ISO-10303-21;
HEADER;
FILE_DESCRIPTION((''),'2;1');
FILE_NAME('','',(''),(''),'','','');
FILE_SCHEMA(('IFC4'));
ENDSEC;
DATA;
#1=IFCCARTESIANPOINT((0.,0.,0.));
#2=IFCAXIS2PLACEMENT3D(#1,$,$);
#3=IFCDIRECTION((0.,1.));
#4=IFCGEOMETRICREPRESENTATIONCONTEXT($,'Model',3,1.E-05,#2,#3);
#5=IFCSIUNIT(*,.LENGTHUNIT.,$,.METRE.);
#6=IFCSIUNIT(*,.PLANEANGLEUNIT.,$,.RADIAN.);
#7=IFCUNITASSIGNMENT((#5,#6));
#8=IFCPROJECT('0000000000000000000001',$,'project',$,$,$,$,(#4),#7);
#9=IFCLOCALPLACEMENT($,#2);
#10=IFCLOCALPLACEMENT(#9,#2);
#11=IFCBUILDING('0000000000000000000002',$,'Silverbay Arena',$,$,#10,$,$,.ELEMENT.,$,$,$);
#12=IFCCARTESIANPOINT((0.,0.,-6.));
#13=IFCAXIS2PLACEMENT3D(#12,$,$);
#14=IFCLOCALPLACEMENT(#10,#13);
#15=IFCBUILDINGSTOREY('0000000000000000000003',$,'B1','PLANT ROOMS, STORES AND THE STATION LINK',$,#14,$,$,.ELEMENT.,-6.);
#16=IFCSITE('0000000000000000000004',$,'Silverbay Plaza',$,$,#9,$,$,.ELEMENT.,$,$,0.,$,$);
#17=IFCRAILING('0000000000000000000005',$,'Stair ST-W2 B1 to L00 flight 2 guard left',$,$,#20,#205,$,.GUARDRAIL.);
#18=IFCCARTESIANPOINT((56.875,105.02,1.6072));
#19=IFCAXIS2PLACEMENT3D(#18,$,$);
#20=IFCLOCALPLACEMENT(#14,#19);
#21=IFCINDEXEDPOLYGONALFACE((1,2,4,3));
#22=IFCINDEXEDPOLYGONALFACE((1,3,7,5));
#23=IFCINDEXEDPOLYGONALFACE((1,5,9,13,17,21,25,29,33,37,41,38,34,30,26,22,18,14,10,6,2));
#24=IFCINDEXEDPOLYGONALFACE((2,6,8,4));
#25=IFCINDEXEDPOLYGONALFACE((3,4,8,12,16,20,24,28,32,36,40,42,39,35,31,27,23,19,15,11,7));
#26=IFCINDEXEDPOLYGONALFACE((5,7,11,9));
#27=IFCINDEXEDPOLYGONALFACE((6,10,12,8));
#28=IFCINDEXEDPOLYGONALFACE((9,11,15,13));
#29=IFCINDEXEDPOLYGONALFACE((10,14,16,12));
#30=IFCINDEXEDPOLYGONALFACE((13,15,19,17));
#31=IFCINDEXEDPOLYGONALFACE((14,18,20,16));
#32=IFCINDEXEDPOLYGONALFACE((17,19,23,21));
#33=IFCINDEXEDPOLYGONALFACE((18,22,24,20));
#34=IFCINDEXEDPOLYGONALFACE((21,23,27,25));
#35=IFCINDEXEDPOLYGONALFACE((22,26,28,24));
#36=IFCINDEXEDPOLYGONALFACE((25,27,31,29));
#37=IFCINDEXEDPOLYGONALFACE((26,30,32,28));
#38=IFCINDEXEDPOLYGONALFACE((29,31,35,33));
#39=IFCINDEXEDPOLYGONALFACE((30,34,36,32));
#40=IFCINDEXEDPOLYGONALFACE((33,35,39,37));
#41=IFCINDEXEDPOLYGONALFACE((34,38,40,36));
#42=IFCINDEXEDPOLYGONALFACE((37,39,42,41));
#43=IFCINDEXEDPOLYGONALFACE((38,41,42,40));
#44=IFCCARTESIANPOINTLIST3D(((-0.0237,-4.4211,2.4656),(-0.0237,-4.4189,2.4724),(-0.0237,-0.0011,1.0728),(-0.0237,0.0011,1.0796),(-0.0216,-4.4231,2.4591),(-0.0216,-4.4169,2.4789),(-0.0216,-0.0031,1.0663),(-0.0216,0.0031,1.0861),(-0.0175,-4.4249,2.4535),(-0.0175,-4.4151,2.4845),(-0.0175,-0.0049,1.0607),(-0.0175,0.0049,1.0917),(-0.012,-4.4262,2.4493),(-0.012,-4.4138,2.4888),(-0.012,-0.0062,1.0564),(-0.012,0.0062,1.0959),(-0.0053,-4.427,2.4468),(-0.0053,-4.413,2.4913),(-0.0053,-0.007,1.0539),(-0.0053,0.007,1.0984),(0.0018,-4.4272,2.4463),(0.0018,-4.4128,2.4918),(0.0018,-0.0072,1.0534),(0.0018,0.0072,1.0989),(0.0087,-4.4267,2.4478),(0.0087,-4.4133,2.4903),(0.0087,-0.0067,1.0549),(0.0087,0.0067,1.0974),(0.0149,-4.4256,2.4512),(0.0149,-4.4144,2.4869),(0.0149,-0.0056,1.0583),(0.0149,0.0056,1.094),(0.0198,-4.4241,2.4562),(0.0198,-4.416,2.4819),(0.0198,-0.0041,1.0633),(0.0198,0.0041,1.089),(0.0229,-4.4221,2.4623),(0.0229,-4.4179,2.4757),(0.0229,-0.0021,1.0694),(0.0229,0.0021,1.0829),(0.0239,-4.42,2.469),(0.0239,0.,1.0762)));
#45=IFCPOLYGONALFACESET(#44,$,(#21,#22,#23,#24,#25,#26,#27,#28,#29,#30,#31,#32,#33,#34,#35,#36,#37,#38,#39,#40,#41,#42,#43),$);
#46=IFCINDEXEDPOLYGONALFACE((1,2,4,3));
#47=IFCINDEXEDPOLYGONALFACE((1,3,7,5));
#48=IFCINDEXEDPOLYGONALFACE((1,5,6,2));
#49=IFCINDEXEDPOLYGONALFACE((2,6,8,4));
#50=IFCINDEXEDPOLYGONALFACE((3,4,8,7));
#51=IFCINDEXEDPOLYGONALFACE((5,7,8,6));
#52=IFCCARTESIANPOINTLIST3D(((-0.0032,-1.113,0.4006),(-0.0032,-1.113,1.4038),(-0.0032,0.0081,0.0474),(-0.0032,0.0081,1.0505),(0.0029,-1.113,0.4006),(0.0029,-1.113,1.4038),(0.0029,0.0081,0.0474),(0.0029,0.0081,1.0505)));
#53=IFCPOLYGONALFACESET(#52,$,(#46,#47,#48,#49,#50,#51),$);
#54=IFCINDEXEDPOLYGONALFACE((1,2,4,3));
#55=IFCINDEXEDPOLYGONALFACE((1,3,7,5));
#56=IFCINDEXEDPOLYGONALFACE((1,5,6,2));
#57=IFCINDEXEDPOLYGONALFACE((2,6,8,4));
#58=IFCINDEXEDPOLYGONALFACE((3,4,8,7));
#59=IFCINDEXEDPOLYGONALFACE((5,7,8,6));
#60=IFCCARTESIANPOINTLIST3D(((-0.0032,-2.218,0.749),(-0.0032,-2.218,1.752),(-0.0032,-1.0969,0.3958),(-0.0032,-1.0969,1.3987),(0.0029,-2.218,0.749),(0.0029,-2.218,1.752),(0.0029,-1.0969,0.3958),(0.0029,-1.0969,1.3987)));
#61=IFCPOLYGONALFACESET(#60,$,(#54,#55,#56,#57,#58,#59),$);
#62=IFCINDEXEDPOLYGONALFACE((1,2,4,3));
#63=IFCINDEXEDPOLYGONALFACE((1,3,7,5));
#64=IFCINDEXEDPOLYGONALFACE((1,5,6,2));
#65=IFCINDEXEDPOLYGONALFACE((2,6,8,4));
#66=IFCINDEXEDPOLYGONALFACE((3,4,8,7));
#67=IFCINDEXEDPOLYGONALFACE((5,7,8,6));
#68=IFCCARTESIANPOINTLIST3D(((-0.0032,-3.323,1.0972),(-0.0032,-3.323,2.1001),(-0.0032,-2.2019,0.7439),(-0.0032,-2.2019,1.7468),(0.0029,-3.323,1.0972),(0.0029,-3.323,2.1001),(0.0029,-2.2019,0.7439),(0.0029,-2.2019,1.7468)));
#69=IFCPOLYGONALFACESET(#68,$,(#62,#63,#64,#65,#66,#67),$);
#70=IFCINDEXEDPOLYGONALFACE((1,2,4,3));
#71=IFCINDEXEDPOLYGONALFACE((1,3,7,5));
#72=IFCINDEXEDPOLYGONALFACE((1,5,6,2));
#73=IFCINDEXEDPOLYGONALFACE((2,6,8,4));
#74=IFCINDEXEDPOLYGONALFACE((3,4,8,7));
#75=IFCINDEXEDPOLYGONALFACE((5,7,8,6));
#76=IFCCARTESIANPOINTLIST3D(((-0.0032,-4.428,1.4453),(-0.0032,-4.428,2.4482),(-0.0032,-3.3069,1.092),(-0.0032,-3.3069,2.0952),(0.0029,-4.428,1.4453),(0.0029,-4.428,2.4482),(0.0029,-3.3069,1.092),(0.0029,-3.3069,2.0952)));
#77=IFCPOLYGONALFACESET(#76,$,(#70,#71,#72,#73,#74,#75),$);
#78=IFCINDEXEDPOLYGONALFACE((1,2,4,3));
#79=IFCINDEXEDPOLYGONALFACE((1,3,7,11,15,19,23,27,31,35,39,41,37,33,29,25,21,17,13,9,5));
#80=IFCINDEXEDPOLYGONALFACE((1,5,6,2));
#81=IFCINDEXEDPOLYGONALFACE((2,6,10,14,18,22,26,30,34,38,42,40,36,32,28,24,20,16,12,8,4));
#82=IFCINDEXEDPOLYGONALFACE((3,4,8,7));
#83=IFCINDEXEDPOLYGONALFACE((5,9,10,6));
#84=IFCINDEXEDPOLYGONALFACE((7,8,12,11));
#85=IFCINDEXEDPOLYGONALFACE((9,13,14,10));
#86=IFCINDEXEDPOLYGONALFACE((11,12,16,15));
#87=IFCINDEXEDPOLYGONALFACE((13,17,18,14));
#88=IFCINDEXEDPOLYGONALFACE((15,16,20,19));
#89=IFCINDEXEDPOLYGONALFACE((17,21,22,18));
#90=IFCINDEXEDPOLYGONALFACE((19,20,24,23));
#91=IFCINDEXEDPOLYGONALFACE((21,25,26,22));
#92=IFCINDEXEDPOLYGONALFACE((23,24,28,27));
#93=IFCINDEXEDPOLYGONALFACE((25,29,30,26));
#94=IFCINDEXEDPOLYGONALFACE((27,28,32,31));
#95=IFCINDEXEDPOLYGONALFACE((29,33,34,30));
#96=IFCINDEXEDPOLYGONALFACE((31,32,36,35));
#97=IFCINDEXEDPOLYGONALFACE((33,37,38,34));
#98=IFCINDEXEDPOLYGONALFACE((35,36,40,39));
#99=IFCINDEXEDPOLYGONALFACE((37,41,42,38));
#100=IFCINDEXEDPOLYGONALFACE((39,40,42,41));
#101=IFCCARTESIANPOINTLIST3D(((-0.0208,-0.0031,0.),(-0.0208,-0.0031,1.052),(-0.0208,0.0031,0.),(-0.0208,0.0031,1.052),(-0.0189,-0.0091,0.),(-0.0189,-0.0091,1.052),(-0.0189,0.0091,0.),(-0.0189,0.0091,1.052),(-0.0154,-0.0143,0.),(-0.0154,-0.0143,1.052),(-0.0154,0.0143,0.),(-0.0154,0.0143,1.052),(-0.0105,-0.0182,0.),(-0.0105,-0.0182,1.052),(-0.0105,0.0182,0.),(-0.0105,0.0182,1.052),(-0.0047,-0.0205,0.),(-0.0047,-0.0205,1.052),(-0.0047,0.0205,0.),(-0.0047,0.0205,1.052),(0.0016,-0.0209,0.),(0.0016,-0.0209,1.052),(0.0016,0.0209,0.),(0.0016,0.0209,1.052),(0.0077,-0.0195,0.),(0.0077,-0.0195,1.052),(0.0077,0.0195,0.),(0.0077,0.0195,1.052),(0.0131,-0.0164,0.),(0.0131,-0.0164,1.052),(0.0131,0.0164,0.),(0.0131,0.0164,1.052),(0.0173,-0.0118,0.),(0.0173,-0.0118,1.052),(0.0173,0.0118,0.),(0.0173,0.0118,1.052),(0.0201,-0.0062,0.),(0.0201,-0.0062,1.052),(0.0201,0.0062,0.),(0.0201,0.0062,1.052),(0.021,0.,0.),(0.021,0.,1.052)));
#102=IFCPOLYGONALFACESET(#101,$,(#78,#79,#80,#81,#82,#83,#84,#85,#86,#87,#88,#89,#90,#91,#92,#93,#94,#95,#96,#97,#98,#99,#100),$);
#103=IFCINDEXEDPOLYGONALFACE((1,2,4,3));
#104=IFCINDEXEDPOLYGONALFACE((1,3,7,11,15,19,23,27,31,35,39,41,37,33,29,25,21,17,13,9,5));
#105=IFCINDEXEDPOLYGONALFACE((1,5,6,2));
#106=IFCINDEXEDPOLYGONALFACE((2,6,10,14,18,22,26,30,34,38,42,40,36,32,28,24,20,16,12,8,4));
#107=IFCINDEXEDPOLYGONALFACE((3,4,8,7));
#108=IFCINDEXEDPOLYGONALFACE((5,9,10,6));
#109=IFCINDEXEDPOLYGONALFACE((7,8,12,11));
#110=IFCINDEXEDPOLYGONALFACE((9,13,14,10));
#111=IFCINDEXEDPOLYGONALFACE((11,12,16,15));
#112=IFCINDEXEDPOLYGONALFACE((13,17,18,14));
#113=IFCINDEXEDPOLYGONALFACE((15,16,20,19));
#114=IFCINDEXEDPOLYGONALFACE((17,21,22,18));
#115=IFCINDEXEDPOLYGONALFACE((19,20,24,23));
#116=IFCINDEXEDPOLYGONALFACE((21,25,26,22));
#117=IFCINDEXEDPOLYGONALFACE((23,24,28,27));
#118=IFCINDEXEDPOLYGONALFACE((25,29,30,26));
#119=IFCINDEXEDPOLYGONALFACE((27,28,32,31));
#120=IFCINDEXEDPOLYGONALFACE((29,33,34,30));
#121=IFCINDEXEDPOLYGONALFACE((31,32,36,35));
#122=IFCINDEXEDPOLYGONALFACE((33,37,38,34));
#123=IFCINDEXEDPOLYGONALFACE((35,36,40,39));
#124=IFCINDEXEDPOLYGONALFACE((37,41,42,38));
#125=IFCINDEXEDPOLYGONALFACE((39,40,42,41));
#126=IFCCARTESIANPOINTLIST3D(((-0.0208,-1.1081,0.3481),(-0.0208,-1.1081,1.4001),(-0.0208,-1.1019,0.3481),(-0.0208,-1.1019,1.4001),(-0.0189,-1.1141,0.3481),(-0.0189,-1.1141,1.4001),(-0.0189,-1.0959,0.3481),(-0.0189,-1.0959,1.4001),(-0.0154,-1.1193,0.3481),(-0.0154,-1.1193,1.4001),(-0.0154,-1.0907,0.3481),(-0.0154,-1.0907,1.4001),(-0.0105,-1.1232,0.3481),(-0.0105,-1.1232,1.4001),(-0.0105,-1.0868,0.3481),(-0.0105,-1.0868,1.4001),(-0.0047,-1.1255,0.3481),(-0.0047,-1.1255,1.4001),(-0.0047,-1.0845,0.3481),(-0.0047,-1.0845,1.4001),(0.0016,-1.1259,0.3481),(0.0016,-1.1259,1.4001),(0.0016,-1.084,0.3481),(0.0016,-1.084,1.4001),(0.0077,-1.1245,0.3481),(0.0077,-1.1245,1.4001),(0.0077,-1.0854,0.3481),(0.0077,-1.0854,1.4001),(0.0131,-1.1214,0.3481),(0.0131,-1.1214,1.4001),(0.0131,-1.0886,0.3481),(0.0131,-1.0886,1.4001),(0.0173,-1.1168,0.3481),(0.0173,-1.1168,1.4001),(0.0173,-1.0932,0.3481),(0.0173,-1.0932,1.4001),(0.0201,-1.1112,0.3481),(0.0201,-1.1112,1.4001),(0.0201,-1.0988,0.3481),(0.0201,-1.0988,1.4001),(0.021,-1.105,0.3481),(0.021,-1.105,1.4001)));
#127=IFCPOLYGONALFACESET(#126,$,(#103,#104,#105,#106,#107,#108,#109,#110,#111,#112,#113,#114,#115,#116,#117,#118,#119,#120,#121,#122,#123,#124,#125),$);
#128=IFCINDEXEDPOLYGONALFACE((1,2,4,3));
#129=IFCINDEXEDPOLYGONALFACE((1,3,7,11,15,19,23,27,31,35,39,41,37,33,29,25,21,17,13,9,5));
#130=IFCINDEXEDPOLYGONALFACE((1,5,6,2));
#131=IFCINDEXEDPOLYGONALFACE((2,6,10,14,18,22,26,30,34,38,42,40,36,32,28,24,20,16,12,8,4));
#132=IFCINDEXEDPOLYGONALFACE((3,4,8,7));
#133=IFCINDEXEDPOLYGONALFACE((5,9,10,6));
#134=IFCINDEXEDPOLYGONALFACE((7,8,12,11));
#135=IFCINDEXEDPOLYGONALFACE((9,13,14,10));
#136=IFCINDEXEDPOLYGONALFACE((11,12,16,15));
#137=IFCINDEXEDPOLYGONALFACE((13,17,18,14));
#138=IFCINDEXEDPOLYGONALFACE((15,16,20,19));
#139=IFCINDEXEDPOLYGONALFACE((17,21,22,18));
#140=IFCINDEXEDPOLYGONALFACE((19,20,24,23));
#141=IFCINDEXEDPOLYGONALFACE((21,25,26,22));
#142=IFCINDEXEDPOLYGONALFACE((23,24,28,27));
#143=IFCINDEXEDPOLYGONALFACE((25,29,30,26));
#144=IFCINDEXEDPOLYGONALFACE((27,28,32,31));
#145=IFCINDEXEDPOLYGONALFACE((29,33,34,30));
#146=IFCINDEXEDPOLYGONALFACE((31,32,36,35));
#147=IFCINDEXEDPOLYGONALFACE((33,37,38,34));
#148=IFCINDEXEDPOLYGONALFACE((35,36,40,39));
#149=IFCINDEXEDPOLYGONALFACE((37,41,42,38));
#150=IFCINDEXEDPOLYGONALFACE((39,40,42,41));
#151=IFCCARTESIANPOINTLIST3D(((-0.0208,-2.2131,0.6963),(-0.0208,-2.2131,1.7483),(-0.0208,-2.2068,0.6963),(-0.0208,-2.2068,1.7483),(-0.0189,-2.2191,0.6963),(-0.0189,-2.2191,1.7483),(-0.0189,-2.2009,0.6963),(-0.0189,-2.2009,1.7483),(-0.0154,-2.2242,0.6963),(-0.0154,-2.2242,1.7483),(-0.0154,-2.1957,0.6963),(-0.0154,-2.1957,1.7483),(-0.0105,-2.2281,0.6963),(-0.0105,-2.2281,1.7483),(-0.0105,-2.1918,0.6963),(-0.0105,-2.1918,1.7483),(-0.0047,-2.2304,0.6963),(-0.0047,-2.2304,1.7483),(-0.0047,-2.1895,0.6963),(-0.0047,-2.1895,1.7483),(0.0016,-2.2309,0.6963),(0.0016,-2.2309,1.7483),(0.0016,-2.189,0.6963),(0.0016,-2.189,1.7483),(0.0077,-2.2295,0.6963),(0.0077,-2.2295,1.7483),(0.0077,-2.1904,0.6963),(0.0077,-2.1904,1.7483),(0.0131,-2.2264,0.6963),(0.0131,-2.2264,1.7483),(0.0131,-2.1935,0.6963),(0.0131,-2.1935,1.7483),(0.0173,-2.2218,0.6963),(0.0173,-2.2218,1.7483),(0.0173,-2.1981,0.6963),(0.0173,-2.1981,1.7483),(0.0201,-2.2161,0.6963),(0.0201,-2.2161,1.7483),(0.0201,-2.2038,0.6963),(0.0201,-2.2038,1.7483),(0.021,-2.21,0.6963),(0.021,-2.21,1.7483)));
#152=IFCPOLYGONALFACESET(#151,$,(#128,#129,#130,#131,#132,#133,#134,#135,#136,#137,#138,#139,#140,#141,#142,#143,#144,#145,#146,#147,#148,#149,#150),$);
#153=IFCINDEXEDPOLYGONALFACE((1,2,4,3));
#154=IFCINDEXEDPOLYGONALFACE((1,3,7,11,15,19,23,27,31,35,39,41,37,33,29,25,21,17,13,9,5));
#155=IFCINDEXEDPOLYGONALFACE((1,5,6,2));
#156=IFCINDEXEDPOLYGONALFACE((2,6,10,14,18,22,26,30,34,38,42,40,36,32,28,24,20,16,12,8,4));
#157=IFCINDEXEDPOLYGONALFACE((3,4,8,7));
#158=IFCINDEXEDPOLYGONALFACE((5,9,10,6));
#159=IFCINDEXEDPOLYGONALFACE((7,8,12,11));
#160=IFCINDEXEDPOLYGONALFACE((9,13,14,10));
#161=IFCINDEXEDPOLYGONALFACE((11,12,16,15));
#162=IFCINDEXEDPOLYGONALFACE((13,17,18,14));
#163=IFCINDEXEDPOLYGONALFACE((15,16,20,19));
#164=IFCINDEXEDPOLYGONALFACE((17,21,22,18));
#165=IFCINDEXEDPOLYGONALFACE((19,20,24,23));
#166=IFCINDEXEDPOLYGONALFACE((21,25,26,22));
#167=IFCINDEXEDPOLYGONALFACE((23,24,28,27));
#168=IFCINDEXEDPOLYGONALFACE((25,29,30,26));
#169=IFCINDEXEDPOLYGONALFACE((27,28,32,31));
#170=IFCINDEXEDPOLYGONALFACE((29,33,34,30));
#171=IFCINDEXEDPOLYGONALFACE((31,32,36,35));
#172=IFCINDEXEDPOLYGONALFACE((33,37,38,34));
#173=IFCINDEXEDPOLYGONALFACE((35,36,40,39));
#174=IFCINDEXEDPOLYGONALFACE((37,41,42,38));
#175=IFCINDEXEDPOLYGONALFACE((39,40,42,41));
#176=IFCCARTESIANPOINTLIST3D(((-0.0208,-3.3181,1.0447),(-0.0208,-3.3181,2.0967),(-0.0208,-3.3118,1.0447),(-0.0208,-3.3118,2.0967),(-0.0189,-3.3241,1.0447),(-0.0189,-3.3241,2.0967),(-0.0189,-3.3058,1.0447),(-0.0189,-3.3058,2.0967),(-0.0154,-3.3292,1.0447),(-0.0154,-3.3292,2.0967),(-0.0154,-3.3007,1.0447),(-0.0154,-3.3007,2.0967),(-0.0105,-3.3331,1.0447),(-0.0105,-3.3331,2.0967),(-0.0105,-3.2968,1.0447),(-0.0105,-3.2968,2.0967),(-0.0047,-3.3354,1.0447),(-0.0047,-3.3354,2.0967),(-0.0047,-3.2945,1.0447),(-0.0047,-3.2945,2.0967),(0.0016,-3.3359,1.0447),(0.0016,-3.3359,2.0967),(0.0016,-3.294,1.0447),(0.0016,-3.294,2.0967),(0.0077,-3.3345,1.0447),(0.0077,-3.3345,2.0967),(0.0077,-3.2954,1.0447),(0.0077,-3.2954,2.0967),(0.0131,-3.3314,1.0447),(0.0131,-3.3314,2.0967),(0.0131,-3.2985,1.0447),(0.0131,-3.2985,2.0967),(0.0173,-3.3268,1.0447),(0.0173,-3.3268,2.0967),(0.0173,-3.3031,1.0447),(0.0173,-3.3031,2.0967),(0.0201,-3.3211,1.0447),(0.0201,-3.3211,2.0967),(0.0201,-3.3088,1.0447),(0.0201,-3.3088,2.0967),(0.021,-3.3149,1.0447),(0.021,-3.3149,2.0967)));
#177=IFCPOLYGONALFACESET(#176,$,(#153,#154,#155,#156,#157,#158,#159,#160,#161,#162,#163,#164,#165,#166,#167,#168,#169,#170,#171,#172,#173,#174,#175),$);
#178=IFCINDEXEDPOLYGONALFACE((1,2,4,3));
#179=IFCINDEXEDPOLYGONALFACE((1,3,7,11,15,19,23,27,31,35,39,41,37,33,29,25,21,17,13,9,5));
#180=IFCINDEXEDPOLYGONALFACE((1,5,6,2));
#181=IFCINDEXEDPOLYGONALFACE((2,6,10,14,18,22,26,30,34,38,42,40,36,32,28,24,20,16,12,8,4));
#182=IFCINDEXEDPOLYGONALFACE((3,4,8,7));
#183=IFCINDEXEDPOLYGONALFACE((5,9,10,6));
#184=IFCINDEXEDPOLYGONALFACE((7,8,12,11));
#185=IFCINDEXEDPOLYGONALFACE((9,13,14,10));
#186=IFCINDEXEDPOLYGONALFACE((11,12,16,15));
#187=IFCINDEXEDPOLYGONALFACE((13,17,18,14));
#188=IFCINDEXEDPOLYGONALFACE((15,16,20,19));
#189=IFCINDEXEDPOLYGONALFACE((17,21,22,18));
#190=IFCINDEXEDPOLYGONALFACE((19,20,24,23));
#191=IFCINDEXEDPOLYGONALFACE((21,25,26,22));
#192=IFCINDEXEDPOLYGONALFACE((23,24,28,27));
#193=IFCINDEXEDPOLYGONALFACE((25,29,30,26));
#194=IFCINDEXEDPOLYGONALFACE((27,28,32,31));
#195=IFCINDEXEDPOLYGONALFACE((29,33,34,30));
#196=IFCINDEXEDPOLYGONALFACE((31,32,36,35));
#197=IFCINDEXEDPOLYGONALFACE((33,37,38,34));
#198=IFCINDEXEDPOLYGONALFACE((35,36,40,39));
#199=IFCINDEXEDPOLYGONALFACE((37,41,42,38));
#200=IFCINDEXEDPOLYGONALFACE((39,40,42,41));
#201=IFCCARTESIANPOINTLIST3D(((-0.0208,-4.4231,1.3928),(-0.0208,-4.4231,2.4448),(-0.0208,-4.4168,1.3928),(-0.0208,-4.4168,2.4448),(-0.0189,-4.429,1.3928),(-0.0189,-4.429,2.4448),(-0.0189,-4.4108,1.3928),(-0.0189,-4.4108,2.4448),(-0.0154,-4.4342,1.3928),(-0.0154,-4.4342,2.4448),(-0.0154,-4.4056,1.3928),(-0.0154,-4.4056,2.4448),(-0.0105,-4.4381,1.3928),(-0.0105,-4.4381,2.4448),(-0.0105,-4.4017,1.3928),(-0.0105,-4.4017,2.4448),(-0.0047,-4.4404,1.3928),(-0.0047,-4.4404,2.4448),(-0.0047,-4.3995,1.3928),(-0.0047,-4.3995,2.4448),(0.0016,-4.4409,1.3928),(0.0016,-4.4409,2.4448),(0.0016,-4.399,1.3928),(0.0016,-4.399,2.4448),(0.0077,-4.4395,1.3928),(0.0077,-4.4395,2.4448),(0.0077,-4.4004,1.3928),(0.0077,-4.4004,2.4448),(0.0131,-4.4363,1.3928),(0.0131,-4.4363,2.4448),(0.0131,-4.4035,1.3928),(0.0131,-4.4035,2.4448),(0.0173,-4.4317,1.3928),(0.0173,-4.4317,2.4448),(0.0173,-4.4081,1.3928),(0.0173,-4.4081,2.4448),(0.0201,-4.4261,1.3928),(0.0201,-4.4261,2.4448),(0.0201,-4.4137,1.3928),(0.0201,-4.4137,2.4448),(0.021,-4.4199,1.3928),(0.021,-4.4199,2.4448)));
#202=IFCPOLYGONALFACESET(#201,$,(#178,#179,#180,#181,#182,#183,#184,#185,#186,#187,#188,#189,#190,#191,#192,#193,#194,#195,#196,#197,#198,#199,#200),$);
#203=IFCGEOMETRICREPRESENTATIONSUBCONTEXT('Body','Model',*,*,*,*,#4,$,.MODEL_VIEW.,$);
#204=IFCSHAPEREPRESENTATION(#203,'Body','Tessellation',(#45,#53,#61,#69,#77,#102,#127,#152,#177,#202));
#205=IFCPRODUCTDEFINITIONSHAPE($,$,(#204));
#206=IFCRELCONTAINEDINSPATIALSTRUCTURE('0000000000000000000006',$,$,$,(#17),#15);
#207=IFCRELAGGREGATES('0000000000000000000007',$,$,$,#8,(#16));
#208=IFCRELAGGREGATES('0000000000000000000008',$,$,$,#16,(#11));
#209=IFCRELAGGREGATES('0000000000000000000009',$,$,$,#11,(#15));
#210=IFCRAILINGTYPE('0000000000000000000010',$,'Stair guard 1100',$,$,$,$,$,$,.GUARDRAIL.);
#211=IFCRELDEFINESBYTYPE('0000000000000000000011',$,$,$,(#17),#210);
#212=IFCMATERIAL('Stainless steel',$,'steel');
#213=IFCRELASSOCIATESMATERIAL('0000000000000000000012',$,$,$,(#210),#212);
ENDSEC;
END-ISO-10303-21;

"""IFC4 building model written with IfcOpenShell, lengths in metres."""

from ifc_helpers import new_model, si_unit, direction, frame, origin, origin_2d, place, context, subcontext, project, spatial, polyline, circle, outline, extrude, material, type_object, element, save


model = new_model("IFC4")

# Units and contexts
model_context = context("Model", 3, precision=1e-05, world=origin(), true_north=direction((0.0, 1.0)))
body_context = subcontext(model_context, "Body", "Model", "MODEL_VIEW")
ifc_project = project(units=[si_unit("LENGTHUNIT", "METRE"), si_unit("PLANEANGLEUNIT", "RADIAN")], contexts=[model_context])

# Site, building, storey
site_placement = place(None, origin())
site = spatial("IfcSite", under=ifc_project, at=site_placement, Name="Silverbay Plaza", CompositionType="ELEMENT", RefElevation=0.0)
building_placement = place(site_placement, origin())
building = spatial("IfcBuilding", under=site, at=building_placement, Name="Silverbay Arena", CompositionType="ELEMENT")
storey_placement = place(building_placement, frame((0.0, 0.0, -6.0)))
storey = spatial("IfcBuildingStorey", under=building, at=storey_placement, Name="B1", Description="PLANT ROOMS, STORES AND THE STATION LINK", CompositionType="ELEMENT", Elevation=-6.0)

# Railing
ifc_material_1 = material(Name="Stainless steel", Category="steel")
railing_type_1 = type_object("IfcRailingType", Name="Stair guard 1100", PredefinedType="GUARDRAIL", material=ifc_material_1)
railing_1_placement = place(storey_placement, frame((56.875, 105.02, 1.6072)))
element("IfcRailing", 1, at=railing_1_placement, inside=storey, type_object=railing_type_1, Name="Stair ST-W2 B1 to L00 flight 2 guard left", PredefinedType="GUARDRAIL", context=body_context, shape_type="SweptSolid", body=[
    extrude(circle(Radius=0.0239, at=origin_2d()), frame((0.0, 0.0, 1.0762), z_axis=(0.0, -0.953765, 0.300554), x_axis=(1.0, 0.0, 0.0)), (0.0, 0.0, 1.0), 4.6343),
    extrude(outline(polyline([(-0.0081, 0.0474), (1.113, 0.4006), (1.113, 1.4038), (-0.0081, 1.0505), (-0.0081, 0.0474)])), frame((0.0029, 0.0, 0.0), z_axis=(-1.0, 0.0, 0.0), x_axis=(0.0, -1.0, 0.0)), (0.0, 0.0, 1.0), 0.0061),
    extrude(outline(polyline([(-0.0081, 0.3958), (1.113, 0.749), (1.113, 1.752), (-0.0081, 1.3987), (-0.0081, 0.3958)])), frame((0.0029, -1.105, 0.0), z_axis=(-1.0, 0.0, 0.0), x_axis=(0.0, -1.0, 0.0)), (0.0, 0.0, 1.0), 0.0061),
    extrude(outline(polyline([(-0.0081, 0.7439), (1.113, 1.0972), (1.113, 2.1001), (-0.0081, 1.7468), (-0.0081, 0.7439)])), frame((0.0029, -2.21, 0.0), z_axis=(-1.0, 0.0, 0.0), x_axis=(0.0, -1.0, 0.0)), (0.0, 0.0, 1.0), 0.0061),
    extrude(outline(polyline([(-0.0081, 1.092), (1.113, 1.4453), (1.113, 2.4482), (-0.0081, 2.0952), (-0.0081, 1.092)])), frame((0.0029, -3.3149, 0.0), z_axis=(-1.0, 0.0, 0.0), x_axis=(0.0, -1.0, 0.0)), (0.0, 0.0, 1.0), 0.0061),
    extrude(circle(Radius=0.021, at=origin_2d()), origin(), (0.0, 0.0, 1.0), 1.052),
    extrude(circle(Radius=0.021, at=origin_2d()), frame((0.0, -1.105, 0.3481)), (0.0, 0.0, 1.0), 1.052),
    extrude(circle(Radius=0.021, at=origin_2d()), frame((0.0, -2.21, 0.6963)), (0.0, 0.0, 1.0), 1.052),
    extrude(circle(Radius=0.021, at=origin_2d()), frame((0.0, -3.3149, 1.0447)), (0.0, 0.0, 1.0), 1.052),
    extrude(circle(Radius=0.021, at=origin_2d()), frame((0.0, -4.4199, 1.3928)), (0.0, 0.0, 1.0), 1.052),
])

save(model, "model.ifc")
